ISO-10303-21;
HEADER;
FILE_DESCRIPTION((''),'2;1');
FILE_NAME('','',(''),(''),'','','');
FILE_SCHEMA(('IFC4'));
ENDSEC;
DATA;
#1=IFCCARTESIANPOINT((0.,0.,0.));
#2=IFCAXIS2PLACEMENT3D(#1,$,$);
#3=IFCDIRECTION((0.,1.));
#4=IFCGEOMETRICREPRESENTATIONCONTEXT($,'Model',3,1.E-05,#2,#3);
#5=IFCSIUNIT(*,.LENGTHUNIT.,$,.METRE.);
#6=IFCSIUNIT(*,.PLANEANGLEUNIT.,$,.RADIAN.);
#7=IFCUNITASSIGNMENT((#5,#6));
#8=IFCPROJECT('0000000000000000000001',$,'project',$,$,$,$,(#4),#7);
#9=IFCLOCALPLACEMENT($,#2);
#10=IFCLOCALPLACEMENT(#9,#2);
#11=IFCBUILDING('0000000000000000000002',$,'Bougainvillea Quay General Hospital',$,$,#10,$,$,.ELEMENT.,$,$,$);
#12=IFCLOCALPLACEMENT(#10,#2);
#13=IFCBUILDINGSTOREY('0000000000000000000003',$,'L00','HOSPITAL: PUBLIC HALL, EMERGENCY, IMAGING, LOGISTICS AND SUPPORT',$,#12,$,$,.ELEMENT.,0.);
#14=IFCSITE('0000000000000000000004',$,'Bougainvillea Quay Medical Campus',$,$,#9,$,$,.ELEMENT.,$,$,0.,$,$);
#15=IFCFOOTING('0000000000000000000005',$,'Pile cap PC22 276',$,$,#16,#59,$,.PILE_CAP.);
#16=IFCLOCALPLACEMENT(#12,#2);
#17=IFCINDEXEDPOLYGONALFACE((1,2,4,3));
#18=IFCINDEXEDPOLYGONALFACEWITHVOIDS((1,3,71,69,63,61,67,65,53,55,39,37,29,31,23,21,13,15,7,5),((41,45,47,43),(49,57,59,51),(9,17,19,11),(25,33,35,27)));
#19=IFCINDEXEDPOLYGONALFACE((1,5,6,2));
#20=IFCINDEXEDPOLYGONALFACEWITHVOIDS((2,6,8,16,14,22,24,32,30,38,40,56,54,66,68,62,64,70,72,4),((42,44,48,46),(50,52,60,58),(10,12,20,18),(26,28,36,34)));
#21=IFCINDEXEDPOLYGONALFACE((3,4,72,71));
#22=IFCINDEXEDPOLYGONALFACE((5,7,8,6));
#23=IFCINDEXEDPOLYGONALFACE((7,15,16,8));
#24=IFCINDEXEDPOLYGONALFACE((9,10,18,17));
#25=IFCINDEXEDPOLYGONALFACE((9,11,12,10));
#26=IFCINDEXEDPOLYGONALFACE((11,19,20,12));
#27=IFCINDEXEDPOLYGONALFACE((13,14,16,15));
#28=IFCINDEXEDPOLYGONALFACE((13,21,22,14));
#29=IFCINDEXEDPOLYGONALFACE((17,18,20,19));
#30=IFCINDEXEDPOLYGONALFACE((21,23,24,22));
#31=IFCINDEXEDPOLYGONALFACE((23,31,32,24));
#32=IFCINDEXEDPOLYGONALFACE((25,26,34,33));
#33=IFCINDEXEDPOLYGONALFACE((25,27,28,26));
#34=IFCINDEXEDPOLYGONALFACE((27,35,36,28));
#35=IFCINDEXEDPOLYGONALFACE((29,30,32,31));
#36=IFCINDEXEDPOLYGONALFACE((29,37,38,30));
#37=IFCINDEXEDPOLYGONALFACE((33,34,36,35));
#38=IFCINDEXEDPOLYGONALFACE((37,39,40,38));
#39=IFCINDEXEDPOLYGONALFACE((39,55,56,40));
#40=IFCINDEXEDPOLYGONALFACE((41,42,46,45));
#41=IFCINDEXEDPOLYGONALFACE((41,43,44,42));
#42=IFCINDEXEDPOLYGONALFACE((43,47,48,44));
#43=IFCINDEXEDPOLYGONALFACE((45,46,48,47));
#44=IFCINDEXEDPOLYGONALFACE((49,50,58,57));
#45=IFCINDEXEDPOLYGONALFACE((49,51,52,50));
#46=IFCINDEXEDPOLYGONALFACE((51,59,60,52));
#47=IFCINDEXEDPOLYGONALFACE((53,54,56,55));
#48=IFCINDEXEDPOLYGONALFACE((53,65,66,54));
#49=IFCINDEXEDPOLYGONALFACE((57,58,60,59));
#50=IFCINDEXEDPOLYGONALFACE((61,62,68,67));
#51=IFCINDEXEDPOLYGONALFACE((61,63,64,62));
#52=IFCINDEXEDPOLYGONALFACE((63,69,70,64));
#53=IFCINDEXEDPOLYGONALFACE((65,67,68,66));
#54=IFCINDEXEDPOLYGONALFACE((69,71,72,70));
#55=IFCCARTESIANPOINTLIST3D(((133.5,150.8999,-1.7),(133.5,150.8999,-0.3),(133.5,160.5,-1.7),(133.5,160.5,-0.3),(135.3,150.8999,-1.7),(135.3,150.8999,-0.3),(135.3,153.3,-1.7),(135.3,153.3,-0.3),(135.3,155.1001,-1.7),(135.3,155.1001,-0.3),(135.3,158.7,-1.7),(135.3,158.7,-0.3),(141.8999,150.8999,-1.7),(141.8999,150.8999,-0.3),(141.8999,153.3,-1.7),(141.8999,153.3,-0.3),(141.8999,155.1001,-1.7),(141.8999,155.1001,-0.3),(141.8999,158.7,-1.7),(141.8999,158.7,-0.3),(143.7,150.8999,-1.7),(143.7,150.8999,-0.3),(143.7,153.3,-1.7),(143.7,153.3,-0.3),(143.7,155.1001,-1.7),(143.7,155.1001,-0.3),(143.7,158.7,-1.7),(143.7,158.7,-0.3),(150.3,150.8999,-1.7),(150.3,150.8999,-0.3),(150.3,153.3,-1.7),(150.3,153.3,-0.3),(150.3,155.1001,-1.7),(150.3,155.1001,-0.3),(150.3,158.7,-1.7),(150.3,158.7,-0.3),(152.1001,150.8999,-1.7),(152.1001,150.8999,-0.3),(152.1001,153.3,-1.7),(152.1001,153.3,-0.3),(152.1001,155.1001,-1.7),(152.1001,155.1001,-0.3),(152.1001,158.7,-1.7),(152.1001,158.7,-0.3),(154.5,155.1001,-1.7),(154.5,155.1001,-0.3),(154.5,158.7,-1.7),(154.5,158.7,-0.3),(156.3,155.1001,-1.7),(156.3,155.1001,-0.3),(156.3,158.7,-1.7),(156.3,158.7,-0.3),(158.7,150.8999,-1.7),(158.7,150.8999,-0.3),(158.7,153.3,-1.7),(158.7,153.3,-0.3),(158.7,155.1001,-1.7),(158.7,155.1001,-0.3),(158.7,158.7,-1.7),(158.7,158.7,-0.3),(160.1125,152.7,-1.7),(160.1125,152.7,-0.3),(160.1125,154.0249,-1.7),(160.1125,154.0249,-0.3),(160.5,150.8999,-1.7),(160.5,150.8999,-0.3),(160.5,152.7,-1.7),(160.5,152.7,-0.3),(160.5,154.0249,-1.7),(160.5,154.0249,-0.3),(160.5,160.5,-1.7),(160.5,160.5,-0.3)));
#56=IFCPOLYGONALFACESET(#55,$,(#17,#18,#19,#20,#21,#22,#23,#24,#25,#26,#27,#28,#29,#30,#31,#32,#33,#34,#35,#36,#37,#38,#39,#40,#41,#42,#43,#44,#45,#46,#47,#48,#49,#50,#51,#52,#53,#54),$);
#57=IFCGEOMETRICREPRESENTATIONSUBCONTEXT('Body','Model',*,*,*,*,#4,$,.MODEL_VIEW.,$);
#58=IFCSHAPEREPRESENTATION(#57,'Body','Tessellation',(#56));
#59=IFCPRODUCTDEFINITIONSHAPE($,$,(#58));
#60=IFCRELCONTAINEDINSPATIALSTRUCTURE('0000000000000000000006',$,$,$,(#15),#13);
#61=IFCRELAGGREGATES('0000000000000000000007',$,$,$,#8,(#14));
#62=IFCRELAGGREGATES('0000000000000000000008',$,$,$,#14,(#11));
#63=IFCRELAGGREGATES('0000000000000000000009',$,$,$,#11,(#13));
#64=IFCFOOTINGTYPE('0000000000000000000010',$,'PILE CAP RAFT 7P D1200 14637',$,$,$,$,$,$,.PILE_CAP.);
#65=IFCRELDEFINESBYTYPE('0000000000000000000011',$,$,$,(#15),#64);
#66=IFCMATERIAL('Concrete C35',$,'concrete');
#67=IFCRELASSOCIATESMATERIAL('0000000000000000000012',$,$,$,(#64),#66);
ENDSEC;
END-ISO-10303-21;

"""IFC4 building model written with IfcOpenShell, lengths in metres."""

from ifc_helpers import new_model, si_unit, direction, frame, origin, place, context, subcontext, project, spatial, polyline, outline, extrude, material, type_object, element, save


model = new_model("IFC4")

# Units and contexts
model_context = context("Model", 3, precision=1e-05, world=origin(), true_north=direction((0.0, 1.0)))
body_context = subcontext(model_context, "Body", "Model", "MODEL_VIEW")
ifc_project = project(units=[si_unit("LENGTHUNIT", "METRE"), si_unit("PLANEANGLEUNIT", "RADIAN")], contexts=[model_context])

# Site, building, storey
site_placement = place(None, origin())
site = spatial("IfcSite", under=ifc_project, at=site_placement, Name="Bougainvillea Quay Medical Campus", CompositionType="ELEMENT", RefElevation=0.0)
building_placement = place(site_placement, origin())
building = spatial("IfcBuilding", under=site, at=building_placement, Name="Bougainvillea Quay General Hospital", CompositionType="ELEMENT")
storey_placement = place(building_placement, origin())
storey = spatial("IfcBuildingStorey", under=building, at=storey_placement, Name="L00", Description="HOSPITAL: PUBLIC HALL, EMERGENCY, IMAGING, LOGISTICS AND SUPPORT", CompositionType="ELEMENT", Elevation=0.0)

# Footing
ifc_material = material(Name="Concrete C35", Category="concrete")
footing_type_1 = type_object("IfcFootingType", Name="PILE CAP RAFT 7P D1200 14637", PredefinedType="PILE_CAP", material=ifc_material)
footing_1_placement = place(storey_placement, frame((0.0, 0.0, -1.7)))
element("IfcFooting", 1, at=footing_1_placement, inside=storey, type_object=footing_type_1, Name="Pile cap PC22 276", PredefinedType="PILE_CAP", context=body_context, shape_type="SweptSolid", body=[
    extrude(outline(polyline([(143.7, 150.8999), (141.8999, 150.8999), (141.8999, 153.3), (135.3, 153.3), (135.3, 150.8999), (133.5, 150.8999), (133.5, 160.5), (160.5, 160.5), (160.5, 154.0249), (160.1125, 154.0249), (160.1125, 152.7), (160.5, 152.7), (160.5, 150.8999), (158.7, 150.8999), (158.7, 153.3), (152.1001, 153.3), (152.1001, 150.8999), (150.3, 150.8999), (150.3, 153.3), (143.7, 153.3), (143.7, 150.8999)]), holes=[polyline([(156.3, 158.7), (156.3, 155.1001), (158.7, 155.1001), (158.7, 158.7), (156.3, 158.7)]), polyline([(154.5, 158.7), (152.1001, 158.7), (152.1001, 155.1001), (154.5, 155.1001), (154.5, 158.7)]), polyline([(150.3, 158.7), (143.7, 158.7), (143.7, 155.1001), (150.3, 155.1001), (150.3, 158.7)]), polyline([(141.8999, 158.7), (135.3, 158.7), (135.3, 155.1001), (141.8999, 155.1001), (141.8999, 158.7)])]), origin(), (0.0, 0.0, 1.0), 1.3999),
])

save(model, "model.ifc")
